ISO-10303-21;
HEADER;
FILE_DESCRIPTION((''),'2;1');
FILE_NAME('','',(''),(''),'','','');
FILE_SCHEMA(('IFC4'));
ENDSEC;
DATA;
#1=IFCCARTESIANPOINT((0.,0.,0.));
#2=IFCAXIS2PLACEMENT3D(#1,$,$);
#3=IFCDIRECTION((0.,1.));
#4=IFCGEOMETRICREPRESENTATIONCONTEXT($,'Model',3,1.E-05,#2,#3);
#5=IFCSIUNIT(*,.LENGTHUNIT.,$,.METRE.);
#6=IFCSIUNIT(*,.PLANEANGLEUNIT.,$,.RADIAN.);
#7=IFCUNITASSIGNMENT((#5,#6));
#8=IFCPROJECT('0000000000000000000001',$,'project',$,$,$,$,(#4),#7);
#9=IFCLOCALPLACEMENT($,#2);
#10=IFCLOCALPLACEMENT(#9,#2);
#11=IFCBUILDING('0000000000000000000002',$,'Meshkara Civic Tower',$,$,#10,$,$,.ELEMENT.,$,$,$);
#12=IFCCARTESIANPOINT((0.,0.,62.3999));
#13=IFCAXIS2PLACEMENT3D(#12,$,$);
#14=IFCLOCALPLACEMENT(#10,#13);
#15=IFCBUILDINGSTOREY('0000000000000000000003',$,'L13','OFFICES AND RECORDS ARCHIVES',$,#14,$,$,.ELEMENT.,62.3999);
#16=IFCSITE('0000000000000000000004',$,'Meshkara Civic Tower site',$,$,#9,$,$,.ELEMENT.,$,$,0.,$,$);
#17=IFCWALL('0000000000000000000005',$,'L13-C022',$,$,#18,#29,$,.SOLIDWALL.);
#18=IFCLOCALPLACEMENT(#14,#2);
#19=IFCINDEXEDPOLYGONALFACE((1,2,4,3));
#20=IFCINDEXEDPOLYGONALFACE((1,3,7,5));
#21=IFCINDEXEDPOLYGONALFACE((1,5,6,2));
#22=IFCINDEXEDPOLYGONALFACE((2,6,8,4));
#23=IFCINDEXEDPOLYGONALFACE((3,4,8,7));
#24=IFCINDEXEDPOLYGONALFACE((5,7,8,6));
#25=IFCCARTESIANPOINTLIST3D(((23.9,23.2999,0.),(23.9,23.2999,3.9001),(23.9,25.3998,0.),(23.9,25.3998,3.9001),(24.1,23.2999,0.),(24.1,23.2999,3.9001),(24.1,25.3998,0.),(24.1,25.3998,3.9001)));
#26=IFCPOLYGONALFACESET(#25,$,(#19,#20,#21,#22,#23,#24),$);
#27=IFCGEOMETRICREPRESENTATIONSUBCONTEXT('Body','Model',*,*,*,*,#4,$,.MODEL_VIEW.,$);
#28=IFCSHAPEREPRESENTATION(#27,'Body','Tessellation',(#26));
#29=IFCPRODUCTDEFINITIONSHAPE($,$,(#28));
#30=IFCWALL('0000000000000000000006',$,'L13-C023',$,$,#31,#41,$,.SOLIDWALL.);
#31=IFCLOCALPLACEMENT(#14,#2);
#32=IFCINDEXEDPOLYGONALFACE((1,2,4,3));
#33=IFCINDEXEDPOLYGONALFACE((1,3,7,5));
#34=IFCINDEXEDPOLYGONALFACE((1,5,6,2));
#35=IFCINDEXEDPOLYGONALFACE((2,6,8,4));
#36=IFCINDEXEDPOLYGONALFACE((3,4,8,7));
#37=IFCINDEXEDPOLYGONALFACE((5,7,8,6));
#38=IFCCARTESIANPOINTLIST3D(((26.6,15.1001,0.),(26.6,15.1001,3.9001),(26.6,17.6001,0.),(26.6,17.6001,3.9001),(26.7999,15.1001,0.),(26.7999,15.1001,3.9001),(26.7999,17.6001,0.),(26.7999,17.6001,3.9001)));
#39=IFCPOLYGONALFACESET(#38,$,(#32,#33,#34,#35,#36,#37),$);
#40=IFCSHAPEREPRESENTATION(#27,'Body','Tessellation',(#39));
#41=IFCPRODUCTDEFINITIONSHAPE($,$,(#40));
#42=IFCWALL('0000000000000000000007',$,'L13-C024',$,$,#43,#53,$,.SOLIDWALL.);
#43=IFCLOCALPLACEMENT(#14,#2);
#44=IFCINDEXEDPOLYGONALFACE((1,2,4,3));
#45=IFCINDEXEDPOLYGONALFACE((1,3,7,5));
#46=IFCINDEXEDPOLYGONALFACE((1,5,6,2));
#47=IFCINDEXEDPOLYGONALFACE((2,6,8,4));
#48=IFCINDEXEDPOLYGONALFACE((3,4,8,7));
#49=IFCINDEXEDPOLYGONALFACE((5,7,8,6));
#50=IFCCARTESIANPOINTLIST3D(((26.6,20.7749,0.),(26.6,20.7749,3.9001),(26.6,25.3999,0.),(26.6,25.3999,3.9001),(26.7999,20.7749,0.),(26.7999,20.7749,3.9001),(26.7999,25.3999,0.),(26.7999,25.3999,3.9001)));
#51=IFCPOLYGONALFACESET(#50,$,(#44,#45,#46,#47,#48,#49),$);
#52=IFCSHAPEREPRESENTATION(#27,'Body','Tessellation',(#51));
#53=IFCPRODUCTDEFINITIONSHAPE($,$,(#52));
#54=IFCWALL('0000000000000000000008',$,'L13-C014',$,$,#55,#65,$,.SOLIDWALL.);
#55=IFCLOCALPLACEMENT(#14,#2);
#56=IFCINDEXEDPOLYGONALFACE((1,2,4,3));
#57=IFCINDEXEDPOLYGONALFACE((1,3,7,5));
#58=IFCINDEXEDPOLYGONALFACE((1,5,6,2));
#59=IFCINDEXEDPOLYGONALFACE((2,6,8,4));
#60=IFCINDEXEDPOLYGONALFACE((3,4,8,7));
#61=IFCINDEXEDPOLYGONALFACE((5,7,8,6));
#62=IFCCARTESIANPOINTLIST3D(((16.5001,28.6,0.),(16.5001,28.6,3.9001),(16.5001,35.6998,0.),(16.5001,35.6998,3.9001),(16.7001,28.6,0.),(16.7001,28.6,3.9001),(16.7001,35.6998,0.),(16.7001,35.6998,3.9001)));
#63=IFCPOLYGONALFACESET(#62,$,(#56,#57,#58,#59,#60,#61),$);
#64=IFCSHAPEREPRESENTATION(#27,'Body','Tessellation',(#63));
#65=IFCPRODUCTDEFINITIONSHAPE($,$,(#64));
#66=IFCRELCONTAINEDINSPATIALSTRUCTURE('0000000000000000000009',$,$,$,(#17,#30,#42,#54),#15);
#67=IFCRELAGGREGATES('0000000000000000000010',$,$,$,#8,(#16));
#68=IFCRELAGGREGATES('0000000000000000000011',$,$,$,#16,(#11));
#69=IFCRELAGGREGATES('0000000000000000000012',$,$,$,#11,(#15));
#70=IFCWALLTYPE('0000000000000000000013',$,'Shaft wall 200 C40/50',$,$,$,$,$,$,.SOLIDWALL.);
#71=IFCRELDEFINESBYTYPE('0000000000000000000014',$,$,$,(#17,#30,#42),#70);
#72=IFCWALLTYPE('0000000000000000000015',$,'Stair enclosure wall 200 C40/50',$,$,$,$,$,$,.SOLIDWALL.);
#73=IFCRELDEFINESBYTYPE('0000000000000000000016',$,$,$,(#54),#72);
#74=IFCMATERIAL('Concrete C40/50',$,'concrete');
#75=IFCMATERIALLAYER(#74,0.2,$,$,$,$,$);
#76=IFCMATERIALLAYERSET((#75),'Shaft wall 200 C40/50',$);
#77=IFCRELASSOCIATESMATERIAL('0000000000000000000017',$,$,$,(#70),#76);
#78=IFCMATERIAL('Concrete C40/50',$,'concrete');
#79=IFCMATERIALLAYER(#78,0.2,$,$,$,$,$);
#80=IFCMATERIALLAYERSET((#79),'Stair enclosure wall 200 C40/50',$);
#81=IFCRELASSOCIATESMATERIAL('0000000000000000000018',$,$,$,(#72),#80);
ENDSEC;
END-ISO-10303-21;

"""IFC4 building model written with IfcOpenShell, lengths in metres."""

from ifc_helpers import new_model, si_unit, direction, frame, frame_2d, origin, place, context, subcontext, project, spatial, rectangle, extrude, material, layer, layer_set, type_object, element, save


model = new_model("IFC4")

# Units and contexts
model_context = context("Model", 3, precision=1e-05, world=origin(), true_north=direction((0.0, 1.0)))
body_context = subcontext(model_context, "Body", "Model", "MODEL_VIEW")
ifc_project = project(units=[si_unit("LENGTHUNIT", "METRE"), si_unit("PLANEANGLEUNIT", "RADIAN")], contexts=[model_context])

# Site, building, storey
site_placement = place(None, origin())
site = spatial("IfcSite", under=ifc_project, at=site_placement, Name="Meshkara Civic Tower site", CompositionType="ELEMENT", RefElevation=0.0)
building_placement = place(site_placement, origin())
building = spatial("IfcBuilding", under=site, at=building_placement, Name="Meshkara Civic Tower", CompositionType="ELEMENT")
storey_placement = place(building_placement, frame((0.0, 0.0, 62.3999)))
storey = spatial("IfcBuildingStorey", under=building, at=storey_placement, Name="L13", Description="OFFICES AND RECORDS ARCHIVES", CompositionType="ELEMENT", Elevation=62.3999)

# Shared definitions
ifc_material_1 = material(Name="Concrete C40/50", Category="concrete")
ifc_layer_1 = layer(ifc_material_1, 0.2)
ifc_layer_set_1 = layer_set([ifc_layer_1], Name="Shaft wall 200 C40/50")
wall_type_1 = type_object("IfcWallType", Name="Shaft wall 200 C40/50", PredefinedType="SOLIDWALL", material=ifc_layer_set_1)

# Walls
wall_1_placement = place(storey_placement, frame((24.0, 23.3, 0.0), z_axis=(0.0, 0.0, 1.0), x_axis=(0.0, 1.0, 0.0)))
element("IfcWall", 1, at=wall_1_placement, inside=storey, type_object=wall_type_1, Name="L13-C022", PredefinedType="SOLIDWALL", context=body_context, shape_type="SweptSolid", body=[
    extrude(rectangle(XDim=2.0999, YDim=0.2, at=frame_2d((1.0498, 0.0))), origin(), (0.0, 0.0, 1.0), 3.9001),
])
wall_2_placement = place(storey_placement, frame((26.7, 15.1001, 0.0), z_axis=(0.0, 0.0, 1.0), x_axis=(0.0, 1.0, 0.0)))
element("IfcWall", 2, at=wall_2_placement, inside=storey, type_object=wall_type_1, Name="L13-C023", PredefinedType="SOLIDWALL", context=body_context, shape_type="SweptSolid", body=[
    extrude(rectangle(XDim=2.5, YDim=0.2, at=frame_2d((1.25, 0.0))), origin(), (0.0, 0.0, 1.0), 3.9001),
])
wall_3_placement = place(storey_placement, frame((26.7, 20.7749, 0.0), z_axis=(0.0, 0.0, 1.0), x_axis=(0.0, 1.0, 0.0)))
element("IfcWall", 3, at=wall_3_placement, inside=storey, type_object=wall_type_1, Name="L13-C024", PredefinedType="SOLIDWALL", context=body_context, shape_type="SweptSolid", body=[
    extrude(rectangle(XDim=4.625, YDim=0.2, at=frame_2d((2.3125, 0.0))), origin(), (0.0, 0.0, 1.0), 3.9001),
])
ifc_material_2 = material(Name="Concrete C40/50", Category="concrete")
ifc_layer_2 = layer(ifc_material_2, 0.2)
ifc_layer_set_2 = layer_set([ifc_layer_2], Name="Stair enclosure wall 200 C40/50")
wall_type_2 = type_object("IfcWallType", Name="Stair enclosure wall 200 C40/50", PredefinedType="SOLIDWALL", material=ifc_layer_set_2)
wall_4_placement = place(storey_placement, frame((16.6001, 28.6001, 0.0), z_axis=(0.0, 0.0, 1.0), x_axis=(0.0, 1.0, 0.0)))
element("IfcWall", 4, at=wall_4_placement, inside=storey, type_object=wall_type_2, Name="L13-C014", PredefinedType="SOLIDWALL", context=body_context, shape_type="SweptSolid", body=[
    extrude(rectangle(XDim=7.0999, YDim=0.2, at=frame_2d((3.5498, 0.0))), origin(), (0.0, 0.0, 1.0), 3.9001),
])

save(model, "model.ifc")
